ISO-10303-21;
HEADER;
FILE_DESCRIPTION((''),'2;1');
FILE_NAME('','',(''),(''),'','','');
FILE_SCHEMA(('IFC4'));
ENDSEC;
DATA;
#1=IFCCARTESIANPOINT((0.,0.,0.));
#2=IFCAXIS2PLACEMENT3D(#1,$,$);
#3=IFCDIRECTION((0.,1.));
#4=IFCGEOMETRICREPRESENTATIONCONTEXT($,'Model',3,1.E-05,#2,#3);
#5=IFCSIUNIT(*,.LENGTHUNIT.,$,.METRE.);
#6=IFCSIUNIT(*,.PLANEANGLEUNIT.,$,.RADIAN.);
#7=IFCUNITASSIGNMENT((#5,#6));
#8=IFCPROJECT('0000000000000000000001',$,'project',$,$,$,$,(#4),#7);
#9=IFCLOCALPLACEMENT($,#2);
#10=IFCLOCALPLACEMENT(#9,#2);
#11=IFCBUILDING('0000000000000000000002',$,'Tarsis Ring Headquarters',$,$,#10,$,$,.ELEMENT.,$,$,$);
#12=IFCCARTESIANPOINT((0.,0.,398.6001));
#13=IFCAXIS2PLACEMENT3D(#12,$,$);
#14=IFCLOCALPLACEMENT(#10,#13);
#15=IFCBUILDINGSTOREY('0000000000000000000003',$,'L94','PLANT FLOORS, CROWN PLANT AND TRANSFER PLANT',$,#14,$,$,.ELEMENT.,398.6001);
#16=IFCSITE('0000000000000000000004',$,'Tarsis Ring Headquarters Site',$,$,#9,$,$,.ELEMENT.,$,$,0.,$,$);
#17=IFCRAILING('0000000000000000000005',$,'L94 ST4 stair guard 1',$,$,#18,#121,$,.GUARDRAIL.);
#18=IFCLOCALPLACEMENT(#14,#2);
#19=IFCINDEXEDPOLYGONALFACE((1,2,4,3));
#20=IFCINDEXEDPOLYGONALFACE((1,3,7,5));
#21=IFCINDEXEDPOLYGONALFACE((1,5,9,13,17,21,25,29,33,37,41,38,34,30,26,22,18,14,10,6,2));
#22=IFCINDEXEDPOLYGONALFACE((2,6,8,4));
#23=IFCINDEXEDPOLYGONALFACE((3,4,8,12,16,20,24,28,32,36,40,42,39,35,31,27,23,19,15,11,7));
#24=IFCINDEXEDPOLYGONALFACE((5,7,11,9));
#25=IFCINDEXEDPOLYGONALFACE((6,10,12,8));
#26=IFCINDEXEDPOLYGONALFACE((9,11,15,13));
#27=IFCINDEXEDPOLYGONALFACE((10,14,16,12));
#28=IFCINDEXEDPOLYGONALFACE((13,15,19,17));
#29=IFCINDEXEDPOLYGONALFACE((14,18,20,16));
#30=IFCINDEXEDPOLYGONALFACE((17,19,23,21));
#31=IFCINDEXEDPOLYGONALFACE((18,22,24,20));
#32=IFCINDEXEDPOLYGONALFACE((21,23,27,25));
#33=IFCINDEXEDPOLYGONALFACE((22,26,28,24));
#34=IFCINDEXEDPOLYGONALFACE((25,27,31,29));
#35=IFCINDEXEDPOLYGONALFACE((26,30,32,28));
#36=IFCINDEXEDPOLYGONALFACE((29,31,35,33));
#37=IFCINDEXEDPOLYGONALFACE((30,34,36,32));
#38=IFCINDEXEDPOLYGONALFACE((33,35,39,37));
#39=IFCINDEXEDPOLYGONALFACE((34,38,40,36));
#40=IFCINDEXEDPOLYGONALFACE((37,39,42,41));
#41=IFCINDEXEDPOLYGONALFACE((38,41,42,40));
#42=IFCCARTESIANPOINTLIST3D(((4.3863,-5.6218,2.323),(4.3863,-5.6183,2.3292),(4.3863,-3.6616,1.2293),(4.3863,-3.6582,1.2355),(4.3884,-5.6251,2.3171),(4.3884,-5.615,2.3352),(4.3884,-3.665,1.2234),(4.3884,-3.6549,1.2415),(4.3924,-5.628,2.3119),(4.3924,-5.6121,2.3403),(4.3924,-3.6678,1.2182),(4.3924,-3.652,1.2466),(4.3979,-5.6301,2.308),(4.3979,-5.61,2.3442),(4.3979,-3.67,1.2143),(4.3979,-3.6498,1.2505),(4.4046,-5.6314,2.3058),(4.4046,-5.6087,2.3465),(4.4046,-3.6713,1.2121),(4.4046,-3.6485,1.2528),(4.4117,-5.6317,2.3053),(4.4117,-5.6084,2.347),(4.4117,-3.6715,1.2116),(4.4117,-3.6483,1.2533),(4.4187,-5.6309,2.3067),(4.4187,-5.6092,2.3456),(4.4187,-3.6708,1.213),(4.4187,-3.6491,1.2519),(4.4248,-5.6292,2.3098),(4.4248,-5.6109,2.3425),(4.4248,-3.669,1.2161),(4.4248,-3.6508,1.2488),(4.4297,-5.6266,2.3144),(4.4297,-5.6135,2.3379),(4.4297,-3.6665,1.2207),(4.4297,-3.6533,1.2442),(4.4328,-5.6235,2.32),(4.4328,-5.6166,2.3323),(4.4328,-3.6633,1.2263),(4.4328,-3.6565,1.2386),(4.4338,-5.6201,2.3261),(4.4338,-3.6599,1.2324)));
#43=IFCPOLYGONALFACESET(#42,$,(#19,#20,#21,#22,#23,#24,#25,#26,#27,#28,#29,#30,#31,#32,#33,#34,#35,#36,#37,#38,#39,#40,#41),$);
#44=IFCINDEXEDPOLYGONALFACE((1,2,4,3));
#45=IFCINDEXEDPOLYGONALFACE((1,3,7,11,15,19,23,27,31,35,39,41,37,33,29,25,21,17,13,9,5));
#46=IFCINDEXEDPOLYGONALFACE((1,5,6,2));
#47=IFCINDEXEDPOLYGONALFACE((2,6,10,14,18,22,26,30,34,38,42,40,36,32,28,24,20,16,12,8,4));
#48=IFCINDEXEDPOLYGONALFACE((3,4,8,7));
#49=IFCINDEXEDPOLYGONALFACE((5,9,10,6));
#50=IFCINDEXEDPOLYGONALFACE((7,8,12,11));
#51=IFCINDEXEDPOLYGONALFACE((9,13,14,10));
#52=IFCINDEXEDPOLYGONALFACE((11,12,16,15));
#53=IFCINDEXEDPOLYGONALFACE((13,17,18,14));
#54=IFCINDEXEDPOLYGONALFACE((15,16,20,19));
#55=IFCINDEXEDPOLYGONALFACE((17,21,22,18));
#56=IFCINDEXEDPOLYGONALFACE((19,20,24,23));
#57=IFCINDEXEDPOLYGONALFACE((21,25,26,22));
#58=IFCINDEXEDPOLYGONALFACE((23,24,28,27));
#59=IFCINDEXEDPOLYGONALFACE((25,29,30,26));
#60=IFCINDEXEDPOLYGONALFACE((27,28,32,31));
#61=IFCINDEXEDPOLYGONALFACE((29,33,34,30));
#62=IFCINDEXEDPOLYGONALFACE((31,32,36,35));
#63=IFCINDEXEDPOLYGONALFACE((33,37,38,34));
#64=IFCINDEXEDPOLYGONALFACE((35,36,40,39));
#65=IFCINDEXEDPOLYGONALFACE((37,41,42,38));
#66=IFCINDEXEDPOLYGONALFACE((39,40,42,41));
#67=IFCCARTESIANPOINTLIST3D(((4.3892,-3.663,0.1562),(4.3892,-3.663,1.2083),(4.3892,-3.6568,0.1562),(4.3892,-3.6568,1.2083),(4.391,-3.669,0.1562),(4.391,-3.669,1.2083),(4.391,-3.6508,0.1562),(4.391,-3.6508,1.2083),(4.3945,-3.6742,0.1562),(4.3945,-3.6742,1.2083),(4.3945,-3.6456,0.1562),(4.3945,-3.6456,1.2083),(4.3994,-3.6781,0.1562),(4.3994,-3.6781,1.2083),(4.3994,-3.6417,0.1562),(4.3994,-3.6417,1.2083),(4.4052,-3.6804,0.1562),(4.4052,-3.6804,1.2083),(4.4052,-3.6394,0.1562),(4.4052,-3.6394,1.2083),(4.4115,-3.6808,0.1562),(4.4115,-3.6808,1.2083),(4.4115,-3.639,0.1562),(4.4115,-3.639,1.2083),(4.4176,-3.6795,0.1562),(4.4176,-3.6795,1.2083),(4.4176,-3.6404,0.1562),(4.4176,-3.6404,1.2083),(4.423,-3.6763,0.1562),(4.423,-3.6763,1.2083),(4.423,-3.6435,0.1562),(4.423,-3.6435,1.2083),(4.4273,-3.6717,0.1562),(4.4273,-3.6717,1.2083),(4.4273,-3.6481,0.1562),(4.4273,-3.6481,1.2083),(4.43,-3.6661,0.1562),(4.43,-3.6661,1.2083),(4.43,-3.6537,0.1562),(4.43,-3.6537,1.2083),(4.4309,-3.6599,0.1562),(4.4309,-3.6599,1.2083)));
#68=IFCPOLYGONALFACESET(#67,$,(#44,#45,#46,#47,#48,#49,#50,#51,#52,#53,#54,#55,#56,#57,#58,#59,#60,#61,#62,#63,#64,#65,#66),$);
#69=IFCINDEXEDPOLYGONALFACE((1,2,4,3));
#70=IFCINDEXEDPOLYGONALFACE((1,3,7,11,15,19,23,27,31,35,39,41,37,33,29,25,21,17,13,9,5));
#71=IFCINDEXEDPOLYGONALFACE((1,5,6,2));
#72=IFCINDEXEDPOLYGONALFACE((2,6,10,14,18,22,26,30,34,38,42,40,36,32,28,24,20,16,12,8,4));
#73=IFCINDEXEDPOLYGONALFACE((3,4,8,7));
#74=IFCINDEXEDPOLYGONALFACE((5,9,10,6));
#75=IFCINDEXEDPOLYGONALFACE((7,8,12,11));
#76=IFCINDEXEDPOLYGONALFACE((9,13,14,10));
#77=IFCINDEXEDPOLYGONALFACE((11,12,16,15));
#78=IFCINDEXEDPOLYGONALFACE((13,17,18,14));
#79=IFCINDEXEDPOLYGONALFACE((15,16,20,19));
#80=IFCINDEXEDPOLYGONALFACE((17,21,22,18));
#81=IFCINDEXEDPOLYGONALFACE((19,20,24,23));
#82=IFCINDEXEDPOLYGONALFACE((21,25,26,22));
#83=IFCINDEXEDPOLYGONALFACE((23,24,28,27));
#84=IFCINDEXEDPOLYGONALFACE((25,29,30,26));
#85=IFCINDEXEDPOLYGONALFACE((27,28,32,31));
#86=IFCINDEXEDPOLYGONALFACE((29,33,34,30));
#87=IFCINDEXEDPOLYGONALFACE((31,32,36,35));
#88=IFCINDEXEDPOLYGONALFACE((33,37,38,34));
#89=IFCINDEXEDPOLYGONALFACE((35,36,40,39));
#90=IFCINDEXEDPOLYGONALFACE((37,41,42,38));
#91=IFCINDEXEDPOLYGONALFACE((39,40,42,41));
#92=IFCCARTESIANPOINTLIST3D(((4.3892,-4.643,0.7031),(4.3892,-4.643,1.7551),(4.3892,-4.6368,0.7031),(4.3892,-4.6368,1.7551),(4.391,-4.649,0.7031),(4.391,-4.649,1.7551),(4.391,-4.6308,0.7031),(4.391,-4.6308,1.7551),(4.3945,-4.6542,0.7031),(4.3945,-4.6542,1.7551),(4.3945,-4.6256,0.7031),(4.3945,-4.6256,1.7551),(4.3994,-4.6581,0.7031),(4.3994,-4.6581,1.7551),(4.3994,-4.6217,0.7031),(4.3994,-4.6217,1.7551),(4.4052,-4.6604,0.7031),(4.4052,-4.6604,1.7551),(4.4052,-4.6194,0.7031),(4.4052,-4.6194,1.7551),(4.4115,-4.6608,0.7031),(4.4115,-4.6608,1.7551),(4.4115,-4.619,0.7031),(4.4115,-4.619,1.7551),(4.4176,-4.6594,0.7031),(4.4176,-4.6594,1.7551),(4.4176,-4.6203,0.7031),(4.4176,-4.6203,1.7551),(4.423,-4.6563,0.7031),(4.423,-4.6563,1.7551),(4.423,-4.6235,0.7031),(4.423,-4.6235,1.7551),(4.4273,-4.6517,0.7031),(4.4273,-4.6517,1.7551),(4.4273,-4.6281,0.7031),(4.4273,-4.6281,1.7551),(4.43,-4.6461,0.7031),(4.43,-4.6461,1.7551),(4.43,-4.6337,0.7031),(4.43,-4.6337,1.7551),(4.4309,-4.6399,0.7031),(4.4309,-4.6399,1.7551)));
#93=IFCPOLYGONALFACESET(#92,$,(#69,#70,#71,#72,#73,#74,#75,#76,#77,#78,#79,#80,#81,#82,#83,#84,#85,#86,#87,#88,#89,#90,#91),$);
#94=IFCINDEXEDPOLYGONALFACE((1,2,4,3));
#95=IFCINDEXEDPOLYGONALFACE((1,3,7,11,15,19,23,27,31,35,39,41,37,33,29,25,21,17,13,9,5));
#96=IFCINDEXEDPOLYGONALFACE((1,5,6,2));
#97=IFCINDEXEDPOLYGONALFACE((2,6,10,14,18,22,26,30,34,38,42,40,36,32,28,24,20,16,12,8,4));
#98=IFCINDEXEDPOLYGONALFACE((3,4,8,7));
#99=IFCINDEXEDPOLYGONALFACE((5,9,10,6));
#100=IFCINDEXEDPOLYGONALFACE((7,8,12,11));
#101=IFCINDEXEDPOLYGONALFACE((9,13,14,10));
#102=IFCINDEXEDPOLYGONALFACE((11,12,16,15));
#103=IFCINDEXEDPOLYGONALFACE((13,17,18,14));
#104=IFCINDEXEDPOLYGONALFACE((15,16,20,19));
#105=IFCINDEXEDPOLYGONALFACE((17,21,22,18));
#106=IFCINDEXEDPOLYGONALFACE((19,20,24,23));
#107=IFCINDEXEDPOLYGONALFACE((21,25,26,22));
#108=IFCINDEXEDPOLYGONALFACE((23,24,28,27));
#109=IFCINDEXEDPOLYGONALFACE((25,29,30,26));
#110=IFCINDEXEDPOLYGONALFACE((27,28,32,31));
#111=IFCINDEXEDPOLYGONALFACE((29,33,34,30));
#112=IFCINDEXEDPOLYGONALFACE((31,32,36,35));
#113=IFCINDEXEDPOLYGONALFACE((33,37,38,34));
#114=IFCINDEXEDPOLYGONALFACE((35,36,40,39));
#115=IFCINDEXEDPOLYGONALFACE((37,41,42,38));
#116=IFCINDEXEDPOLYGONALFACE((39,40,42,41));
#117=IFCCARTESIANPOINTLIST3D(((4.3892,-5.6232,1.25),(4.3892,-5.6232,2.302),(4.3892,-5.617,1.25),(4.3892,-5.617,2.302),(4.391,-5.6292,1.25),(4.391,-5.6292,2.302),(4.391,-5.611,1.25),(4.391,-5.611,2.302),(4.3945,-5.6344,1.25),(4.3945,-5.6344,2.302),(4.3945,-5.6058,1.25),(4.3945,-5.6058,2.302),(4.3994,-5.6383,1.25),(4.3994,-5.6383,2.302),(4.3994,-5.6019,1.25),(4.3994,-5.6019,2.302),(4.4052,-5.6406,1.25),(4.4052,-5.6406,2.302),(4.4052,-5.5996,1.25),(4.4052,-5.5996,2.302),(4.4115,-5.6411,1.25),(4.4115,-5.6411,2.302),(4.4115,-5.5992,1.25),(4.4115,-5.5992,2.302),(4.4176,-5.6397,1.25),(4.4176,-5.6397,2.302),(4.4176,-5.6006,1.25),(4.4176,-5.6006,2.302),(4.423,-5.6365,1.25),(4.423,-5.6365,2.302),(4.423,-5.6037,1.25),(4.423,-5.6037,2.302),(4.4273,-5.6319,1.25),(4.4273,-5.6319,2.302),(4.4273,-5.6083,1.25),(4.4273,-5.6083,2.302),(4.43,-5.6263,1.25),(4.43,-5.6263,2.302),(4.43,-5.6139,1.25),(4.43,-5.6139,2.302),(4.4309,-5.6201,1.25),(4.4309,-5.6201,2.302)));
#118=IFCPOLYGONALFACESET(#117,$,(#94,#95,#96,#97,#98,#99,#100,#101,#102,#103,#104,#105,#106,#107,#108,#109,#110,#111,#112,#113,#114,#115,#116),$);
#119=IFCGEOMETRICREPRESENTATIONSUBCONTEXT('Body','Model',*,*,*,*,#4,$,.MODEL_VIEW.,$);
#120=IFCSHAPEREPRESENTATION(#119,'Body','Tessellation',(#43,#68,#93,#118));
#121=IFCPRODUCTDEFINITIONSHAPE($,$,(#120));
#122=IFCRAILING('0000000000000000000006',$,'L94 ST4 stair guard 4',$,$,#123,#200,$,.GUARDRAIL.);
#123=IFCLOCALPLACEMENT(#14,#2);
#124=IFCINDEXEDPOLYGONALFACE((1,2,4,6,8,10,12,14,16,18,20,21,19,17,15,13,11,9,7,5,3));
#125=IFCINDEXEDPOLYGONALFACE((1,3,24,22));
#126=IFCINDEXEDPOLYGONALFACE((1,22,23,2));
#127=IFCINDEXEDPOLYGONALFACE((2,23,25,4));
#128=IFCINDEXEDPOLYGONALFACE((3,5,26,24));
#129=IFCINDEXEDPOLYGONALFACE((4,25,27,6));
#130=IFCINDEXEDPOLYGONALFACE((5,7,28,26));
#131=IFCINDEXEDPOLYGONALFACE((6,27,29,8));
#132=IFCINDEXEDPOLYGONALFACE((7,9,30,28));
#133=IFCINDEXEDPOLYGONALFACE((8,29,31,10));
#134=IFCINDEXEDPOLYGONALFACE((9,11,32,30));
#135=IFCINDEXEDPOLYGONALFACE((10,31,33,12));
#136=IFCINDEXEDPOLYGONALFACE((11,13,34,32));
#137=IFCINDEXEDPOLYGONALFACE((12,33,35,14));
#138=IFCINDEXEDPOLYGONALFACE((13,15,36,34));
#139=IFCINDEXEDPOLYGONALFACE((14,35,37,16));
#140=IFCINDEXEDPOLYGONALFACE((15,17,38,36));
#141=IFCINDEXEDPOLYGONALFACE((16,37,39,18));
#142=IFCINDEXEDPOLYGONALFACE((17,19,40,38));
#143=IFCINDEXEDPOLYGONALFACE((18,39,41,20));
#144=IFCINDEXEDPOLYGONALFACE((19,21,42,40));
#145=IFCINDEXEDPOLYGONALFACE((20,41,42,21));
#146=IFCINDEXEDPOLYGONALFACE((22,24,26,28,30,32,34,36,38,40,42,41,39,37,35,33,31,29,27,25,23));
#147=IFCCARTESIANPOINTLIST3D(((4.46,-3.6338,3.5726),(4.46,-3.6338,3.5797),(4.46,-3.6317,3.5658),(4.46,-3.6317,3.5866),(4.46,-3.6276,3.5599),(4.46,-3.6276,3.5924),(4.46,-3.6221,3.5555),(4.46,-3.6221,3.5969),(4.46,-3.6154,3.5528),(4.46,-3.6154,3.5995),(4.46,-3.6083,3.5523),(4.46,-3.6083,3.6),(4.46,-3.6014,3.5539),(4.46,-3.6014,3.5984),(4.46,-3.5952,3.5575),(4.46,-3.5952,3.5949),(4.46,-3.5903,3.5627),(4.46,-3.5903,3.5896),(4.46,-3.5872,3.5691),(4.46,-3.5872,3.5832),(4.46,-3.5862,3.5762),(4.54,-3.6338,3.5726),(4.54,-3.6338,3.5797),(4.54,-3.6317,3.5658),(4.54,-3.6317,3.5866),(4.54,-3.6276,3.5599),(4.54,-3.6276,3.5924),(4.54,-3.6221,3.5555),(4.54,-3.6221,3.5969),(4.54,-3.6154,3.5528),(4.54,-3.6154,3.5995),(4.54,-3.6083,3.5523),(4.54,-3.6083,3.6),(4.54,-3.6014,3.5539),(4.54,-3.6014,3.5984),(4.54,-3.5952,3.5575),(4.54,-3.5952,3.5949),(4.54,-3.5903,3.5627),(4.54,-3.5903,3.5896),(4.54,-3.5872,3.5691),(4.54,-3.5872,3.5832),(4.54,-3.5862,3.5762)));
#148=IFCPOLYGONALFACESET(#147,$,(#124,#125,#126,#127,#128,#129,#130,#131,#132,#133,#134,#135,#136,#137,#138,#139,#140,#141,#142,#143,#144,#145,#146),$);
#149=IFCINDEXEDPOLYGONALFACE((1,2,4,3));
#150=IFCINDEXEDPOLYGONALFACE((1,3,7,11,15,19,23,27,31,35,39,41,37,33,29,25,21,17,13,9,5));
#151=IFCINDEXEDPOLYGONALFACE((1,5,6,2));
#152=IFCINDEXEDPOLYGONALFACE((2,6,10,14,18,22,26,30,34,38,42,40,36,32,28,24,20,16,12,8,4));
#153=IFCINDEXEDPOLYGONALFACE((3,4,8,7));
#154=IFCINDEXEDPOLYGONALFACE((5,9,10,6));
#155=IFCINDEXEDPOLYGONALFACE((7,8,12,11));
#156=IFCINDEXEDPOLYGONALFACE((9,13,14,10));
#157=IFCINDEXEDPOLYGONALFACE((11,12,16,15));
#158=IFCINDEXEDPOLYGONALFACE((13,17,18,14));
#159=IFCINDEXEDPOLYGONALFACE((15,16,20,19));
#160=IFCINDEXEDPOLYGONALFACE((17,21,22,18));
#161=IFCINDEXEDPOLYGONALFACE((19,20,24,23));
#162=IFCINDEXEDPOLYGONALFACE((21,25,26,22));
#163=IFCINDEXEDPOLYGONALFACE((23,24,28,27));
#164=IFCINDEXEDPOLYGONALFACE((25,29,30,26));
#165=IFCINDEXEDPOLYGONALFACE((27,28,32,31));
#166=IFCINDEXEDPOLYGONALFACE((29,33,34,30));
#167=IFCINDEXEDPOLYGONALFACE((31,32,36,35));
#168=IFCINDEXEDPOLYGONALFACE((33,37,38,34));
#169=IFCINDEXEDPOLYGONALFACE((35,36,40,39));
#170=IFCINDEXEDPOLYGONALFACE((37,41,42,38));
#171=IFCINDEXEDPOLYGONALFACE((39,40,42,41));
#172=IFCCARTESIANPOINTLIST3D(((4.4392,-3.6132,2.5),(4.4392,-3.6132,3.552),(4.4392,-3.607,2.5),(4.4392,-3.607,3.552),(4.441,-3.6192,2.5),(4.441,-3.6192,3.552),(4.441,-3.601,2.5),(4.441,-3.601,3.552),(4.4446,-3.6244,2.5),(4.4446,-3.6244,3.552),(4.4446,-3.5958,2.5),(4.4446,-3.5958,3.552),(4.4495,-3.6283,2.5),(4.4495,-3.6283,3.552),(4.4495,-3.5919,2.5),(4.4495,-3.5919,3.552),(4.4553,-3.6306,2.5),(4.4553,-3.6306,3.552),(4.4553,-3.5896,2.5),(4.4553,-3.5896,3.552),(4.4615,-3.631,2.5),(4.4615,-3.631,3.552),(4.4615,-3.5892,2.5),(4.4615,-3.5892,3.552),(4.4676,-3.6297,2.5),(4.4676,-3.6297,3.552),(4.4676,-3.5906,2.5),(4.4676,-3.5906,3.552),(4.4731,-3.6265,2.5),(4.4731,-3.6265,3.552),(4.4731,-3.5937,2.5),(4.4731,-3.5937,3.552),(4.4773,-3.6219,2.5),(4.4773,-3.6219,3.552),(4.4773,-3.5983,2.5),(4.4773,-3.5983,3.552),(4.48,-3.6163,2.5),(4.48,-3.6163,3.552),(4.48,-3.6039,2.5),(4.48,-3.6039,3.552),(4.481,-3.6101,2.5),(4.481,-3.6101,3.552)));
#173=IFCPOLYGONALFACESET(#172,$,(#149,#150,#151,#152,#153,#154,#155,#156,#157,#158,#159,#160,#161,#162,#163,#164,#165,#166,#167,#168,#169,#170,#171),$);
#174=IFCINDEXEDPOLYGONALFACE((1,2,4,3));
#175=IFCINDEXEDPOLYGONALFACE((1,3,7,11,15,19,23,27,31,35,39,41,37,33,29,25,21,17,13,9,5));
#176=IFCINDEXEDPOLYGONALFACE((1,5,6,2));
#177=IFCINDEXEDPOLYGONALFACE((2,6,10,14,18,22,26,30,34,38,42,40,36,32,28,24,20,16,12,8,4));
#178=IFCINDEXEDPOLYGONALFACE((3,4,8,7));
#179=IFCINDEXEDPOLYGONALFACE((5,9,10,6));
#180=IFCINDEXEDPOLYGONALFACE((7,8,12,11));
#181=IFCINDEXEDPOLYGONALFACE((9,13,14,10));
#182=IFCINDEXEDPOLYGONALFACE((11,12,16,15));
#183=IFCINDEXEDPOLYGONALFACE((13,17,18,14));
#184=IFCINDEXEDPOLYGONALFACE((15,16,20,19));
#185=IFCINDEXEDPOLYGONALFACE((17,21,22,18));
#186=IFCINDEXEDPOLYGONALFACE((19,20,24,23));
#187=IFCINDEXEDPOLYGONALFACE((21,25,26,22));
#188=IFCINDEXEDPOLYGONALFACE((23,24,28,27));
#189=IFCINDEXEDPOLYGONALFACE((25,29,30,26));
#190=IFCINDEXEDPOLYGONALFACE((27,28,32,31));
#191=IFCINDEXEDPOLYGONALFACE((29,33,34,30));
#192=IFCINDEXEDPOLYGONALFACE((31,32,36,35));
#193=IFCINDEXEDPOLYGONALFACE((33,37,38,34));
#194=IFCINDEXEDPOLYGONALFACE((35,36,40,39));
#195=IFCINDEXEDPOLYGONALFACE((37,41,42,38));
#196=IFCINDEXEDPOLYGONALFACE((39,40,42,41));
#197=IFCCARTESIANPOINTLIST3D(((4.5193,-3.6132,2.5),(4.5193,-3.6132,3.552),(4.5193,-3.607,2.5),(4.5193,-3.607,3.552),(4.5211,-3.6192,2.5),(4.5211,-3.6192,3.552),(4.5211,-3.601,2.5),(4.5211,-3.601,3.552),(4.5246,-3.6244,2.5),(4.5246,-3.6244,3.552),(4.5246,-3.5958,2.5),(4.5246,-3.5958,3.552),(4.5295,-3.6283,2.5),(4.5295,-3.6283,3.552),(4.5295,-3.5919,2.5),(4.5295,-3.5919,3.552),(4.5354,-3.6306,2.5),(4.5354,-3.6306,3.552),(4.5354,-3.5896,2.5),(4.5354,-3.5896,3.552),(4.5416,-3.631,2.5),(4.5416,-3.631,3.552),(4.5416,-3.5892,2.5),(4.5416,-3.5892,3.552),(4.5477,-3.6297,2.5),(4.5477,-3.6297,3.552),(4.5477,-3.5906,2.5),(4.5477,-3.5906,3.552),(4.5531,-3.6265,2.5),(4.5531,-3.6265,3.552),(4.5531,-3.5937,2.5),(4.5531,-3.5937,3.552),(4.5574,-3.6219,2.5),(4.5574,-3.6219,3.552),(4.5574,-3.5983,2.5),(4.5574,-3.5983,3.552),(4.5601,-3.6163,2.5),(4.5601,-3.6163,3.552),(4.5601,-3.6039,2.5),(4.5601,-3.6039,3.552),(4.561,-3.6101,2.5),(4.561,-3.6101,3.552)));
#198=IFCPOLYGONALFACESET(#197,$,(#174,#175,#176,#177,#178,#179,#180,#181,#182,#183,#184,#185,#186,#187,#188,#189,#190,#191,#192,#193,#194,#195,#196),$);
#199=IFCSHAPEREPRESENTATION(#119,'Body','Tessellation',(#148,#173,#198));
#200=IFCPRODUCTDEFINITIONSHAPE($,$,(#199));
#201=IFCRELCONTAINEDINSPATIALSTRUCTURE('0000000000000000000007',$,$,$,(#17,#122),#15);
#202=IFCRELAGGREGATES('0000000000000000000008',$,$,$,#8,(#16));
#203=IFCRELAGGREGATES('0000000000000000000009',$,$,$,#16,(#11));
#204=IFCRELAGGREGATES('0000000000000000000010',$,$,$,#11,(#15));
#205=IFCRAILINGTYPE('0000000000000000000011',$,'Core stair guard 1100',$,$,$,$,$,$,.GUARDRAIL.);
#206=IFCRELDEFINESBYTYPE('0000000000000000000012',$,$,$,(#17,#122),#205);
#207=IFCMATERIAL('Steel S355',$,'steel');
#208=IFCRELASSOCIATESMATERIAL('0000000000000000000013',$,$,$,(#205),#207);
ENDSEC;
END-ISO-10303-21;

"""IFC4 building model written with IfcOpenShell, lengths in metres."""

from ifc_helpers import new_model, si_unit, direction, frame, origin, origin_2d, place, context, subcontext, project, spatial, circle, extrude, material, type_object, element, save


model = new_model("IFC4")

# Units and contexts
model_context = context("Model", 3, precision=1e-05, world=origin(), true_north=direction((0.0, 1.0)))
body_context = subcontext(model_context, "Body", "Model", "MODEL_VIEW")
ifc_project = project(units=[si_unit("LENGTHUNIT", "METRE"), si_unit("PLANEANGLEUNIT", "RADIAN")], contexts=[model_context])

# Site, building, storey
site_placement = place(None, origin())
site = spatial("IfcSite", under=ifc_project, at=site_placement, Name="Tarsis Ring Headquarters Site", CompositionType="ELEMENT", RefElevation=0.0)
building_placement = place(site_placement, origin())
building = spatial("IfcBuilding", under=site, at=building_placement, Name="Tarsis Ring Headquarters", CompositionType="ELEMENT")
storey_placement = place(building_placement, frame((0.0, 0.0, 398.6001)))
storey = spatial("IfcBuildingStorey", under=building, at=storey_placement, Name="L94", Description="PLANT FLOORS, CROWN PLANT AND TRANSFER PLANT", CompositionType="ELEMENT", Elevation=398.6001)

# Railings
ifc_material_1 = material(Name="Steel S355", Category="steel")
railing_type_1 = type_object("IfcRailingType", Name="Core stair guard 1100", PredefinedType="GUARDRAIL", material=ifc_material_1)
railing_1_placement = place(storey_placement, frame((4.4099, -3.6599, 0.1562)))
element("IfcRailing", 1, at=railing_1_placement, inside=storey, type_object=railing_type_1, Name="L94 ST4 stair guard 1", PredefinedType="GUARDRAIL", context=body_context, shape_type="SweptSolid", body=[
    extrude(circle(Radius=0.0239, at=origin_2d()), frame((0.0, 0.0, 1.0762), z_axis=(0.0, -0.873258, 0.487258), x_axis=(1.0, 0.0, 0.0)), (0.0, 0.0, 1.0), 2.2446),
    extrude(circle(Radius=0.021, at=origin_2d()), origin(), (0.0, 0.0, 1.0), 1.052),
    extrude(circle(Radius=0.021, at=origin_2d()), frame((0.0, -0.98, 0.5469)), (0.0, 0.0, 1.0), 1.052),
    extrude(circle(Radius=0.021, at=origin_2d()), frame((0.0, -1.9602, 1.0938)), (0.0, 0.0, 1.0), 1.052),
])
railing_2_placement = place(storey_placement, frame((4.46, -3.6101, 2.5)))
element("IfcRailing", 2, at=railing_2_placement, inside=storey, type_object=railing_type_1, Name="L94 ST4 stair guard 4", PredefinedType="GUARDRAIL", context=body_context, shape_type="SweptSolid", body=[
    extrude(circle(Radius=0.0239, at=origin_2d()), frame((0.0, 0.0, 1.0762), z_axis=(1.0, 0.0, 0.0), x_axis=(0.0, 1.0, 0.0)), (0.0, 0.0, 1.0), 0.0801),
    extrude(circle(Radius=0.021, at=origin_2d()), origin(), (0.0, 0.0, 1.0), 1.052),
    extrude(circle(Radius=0.021, at=origin_2d()), frame((0.0801, 0.0, 0.0)), (0.0, 0.0, 1.0), 1.052),
])

save(model, "model.ifc")
